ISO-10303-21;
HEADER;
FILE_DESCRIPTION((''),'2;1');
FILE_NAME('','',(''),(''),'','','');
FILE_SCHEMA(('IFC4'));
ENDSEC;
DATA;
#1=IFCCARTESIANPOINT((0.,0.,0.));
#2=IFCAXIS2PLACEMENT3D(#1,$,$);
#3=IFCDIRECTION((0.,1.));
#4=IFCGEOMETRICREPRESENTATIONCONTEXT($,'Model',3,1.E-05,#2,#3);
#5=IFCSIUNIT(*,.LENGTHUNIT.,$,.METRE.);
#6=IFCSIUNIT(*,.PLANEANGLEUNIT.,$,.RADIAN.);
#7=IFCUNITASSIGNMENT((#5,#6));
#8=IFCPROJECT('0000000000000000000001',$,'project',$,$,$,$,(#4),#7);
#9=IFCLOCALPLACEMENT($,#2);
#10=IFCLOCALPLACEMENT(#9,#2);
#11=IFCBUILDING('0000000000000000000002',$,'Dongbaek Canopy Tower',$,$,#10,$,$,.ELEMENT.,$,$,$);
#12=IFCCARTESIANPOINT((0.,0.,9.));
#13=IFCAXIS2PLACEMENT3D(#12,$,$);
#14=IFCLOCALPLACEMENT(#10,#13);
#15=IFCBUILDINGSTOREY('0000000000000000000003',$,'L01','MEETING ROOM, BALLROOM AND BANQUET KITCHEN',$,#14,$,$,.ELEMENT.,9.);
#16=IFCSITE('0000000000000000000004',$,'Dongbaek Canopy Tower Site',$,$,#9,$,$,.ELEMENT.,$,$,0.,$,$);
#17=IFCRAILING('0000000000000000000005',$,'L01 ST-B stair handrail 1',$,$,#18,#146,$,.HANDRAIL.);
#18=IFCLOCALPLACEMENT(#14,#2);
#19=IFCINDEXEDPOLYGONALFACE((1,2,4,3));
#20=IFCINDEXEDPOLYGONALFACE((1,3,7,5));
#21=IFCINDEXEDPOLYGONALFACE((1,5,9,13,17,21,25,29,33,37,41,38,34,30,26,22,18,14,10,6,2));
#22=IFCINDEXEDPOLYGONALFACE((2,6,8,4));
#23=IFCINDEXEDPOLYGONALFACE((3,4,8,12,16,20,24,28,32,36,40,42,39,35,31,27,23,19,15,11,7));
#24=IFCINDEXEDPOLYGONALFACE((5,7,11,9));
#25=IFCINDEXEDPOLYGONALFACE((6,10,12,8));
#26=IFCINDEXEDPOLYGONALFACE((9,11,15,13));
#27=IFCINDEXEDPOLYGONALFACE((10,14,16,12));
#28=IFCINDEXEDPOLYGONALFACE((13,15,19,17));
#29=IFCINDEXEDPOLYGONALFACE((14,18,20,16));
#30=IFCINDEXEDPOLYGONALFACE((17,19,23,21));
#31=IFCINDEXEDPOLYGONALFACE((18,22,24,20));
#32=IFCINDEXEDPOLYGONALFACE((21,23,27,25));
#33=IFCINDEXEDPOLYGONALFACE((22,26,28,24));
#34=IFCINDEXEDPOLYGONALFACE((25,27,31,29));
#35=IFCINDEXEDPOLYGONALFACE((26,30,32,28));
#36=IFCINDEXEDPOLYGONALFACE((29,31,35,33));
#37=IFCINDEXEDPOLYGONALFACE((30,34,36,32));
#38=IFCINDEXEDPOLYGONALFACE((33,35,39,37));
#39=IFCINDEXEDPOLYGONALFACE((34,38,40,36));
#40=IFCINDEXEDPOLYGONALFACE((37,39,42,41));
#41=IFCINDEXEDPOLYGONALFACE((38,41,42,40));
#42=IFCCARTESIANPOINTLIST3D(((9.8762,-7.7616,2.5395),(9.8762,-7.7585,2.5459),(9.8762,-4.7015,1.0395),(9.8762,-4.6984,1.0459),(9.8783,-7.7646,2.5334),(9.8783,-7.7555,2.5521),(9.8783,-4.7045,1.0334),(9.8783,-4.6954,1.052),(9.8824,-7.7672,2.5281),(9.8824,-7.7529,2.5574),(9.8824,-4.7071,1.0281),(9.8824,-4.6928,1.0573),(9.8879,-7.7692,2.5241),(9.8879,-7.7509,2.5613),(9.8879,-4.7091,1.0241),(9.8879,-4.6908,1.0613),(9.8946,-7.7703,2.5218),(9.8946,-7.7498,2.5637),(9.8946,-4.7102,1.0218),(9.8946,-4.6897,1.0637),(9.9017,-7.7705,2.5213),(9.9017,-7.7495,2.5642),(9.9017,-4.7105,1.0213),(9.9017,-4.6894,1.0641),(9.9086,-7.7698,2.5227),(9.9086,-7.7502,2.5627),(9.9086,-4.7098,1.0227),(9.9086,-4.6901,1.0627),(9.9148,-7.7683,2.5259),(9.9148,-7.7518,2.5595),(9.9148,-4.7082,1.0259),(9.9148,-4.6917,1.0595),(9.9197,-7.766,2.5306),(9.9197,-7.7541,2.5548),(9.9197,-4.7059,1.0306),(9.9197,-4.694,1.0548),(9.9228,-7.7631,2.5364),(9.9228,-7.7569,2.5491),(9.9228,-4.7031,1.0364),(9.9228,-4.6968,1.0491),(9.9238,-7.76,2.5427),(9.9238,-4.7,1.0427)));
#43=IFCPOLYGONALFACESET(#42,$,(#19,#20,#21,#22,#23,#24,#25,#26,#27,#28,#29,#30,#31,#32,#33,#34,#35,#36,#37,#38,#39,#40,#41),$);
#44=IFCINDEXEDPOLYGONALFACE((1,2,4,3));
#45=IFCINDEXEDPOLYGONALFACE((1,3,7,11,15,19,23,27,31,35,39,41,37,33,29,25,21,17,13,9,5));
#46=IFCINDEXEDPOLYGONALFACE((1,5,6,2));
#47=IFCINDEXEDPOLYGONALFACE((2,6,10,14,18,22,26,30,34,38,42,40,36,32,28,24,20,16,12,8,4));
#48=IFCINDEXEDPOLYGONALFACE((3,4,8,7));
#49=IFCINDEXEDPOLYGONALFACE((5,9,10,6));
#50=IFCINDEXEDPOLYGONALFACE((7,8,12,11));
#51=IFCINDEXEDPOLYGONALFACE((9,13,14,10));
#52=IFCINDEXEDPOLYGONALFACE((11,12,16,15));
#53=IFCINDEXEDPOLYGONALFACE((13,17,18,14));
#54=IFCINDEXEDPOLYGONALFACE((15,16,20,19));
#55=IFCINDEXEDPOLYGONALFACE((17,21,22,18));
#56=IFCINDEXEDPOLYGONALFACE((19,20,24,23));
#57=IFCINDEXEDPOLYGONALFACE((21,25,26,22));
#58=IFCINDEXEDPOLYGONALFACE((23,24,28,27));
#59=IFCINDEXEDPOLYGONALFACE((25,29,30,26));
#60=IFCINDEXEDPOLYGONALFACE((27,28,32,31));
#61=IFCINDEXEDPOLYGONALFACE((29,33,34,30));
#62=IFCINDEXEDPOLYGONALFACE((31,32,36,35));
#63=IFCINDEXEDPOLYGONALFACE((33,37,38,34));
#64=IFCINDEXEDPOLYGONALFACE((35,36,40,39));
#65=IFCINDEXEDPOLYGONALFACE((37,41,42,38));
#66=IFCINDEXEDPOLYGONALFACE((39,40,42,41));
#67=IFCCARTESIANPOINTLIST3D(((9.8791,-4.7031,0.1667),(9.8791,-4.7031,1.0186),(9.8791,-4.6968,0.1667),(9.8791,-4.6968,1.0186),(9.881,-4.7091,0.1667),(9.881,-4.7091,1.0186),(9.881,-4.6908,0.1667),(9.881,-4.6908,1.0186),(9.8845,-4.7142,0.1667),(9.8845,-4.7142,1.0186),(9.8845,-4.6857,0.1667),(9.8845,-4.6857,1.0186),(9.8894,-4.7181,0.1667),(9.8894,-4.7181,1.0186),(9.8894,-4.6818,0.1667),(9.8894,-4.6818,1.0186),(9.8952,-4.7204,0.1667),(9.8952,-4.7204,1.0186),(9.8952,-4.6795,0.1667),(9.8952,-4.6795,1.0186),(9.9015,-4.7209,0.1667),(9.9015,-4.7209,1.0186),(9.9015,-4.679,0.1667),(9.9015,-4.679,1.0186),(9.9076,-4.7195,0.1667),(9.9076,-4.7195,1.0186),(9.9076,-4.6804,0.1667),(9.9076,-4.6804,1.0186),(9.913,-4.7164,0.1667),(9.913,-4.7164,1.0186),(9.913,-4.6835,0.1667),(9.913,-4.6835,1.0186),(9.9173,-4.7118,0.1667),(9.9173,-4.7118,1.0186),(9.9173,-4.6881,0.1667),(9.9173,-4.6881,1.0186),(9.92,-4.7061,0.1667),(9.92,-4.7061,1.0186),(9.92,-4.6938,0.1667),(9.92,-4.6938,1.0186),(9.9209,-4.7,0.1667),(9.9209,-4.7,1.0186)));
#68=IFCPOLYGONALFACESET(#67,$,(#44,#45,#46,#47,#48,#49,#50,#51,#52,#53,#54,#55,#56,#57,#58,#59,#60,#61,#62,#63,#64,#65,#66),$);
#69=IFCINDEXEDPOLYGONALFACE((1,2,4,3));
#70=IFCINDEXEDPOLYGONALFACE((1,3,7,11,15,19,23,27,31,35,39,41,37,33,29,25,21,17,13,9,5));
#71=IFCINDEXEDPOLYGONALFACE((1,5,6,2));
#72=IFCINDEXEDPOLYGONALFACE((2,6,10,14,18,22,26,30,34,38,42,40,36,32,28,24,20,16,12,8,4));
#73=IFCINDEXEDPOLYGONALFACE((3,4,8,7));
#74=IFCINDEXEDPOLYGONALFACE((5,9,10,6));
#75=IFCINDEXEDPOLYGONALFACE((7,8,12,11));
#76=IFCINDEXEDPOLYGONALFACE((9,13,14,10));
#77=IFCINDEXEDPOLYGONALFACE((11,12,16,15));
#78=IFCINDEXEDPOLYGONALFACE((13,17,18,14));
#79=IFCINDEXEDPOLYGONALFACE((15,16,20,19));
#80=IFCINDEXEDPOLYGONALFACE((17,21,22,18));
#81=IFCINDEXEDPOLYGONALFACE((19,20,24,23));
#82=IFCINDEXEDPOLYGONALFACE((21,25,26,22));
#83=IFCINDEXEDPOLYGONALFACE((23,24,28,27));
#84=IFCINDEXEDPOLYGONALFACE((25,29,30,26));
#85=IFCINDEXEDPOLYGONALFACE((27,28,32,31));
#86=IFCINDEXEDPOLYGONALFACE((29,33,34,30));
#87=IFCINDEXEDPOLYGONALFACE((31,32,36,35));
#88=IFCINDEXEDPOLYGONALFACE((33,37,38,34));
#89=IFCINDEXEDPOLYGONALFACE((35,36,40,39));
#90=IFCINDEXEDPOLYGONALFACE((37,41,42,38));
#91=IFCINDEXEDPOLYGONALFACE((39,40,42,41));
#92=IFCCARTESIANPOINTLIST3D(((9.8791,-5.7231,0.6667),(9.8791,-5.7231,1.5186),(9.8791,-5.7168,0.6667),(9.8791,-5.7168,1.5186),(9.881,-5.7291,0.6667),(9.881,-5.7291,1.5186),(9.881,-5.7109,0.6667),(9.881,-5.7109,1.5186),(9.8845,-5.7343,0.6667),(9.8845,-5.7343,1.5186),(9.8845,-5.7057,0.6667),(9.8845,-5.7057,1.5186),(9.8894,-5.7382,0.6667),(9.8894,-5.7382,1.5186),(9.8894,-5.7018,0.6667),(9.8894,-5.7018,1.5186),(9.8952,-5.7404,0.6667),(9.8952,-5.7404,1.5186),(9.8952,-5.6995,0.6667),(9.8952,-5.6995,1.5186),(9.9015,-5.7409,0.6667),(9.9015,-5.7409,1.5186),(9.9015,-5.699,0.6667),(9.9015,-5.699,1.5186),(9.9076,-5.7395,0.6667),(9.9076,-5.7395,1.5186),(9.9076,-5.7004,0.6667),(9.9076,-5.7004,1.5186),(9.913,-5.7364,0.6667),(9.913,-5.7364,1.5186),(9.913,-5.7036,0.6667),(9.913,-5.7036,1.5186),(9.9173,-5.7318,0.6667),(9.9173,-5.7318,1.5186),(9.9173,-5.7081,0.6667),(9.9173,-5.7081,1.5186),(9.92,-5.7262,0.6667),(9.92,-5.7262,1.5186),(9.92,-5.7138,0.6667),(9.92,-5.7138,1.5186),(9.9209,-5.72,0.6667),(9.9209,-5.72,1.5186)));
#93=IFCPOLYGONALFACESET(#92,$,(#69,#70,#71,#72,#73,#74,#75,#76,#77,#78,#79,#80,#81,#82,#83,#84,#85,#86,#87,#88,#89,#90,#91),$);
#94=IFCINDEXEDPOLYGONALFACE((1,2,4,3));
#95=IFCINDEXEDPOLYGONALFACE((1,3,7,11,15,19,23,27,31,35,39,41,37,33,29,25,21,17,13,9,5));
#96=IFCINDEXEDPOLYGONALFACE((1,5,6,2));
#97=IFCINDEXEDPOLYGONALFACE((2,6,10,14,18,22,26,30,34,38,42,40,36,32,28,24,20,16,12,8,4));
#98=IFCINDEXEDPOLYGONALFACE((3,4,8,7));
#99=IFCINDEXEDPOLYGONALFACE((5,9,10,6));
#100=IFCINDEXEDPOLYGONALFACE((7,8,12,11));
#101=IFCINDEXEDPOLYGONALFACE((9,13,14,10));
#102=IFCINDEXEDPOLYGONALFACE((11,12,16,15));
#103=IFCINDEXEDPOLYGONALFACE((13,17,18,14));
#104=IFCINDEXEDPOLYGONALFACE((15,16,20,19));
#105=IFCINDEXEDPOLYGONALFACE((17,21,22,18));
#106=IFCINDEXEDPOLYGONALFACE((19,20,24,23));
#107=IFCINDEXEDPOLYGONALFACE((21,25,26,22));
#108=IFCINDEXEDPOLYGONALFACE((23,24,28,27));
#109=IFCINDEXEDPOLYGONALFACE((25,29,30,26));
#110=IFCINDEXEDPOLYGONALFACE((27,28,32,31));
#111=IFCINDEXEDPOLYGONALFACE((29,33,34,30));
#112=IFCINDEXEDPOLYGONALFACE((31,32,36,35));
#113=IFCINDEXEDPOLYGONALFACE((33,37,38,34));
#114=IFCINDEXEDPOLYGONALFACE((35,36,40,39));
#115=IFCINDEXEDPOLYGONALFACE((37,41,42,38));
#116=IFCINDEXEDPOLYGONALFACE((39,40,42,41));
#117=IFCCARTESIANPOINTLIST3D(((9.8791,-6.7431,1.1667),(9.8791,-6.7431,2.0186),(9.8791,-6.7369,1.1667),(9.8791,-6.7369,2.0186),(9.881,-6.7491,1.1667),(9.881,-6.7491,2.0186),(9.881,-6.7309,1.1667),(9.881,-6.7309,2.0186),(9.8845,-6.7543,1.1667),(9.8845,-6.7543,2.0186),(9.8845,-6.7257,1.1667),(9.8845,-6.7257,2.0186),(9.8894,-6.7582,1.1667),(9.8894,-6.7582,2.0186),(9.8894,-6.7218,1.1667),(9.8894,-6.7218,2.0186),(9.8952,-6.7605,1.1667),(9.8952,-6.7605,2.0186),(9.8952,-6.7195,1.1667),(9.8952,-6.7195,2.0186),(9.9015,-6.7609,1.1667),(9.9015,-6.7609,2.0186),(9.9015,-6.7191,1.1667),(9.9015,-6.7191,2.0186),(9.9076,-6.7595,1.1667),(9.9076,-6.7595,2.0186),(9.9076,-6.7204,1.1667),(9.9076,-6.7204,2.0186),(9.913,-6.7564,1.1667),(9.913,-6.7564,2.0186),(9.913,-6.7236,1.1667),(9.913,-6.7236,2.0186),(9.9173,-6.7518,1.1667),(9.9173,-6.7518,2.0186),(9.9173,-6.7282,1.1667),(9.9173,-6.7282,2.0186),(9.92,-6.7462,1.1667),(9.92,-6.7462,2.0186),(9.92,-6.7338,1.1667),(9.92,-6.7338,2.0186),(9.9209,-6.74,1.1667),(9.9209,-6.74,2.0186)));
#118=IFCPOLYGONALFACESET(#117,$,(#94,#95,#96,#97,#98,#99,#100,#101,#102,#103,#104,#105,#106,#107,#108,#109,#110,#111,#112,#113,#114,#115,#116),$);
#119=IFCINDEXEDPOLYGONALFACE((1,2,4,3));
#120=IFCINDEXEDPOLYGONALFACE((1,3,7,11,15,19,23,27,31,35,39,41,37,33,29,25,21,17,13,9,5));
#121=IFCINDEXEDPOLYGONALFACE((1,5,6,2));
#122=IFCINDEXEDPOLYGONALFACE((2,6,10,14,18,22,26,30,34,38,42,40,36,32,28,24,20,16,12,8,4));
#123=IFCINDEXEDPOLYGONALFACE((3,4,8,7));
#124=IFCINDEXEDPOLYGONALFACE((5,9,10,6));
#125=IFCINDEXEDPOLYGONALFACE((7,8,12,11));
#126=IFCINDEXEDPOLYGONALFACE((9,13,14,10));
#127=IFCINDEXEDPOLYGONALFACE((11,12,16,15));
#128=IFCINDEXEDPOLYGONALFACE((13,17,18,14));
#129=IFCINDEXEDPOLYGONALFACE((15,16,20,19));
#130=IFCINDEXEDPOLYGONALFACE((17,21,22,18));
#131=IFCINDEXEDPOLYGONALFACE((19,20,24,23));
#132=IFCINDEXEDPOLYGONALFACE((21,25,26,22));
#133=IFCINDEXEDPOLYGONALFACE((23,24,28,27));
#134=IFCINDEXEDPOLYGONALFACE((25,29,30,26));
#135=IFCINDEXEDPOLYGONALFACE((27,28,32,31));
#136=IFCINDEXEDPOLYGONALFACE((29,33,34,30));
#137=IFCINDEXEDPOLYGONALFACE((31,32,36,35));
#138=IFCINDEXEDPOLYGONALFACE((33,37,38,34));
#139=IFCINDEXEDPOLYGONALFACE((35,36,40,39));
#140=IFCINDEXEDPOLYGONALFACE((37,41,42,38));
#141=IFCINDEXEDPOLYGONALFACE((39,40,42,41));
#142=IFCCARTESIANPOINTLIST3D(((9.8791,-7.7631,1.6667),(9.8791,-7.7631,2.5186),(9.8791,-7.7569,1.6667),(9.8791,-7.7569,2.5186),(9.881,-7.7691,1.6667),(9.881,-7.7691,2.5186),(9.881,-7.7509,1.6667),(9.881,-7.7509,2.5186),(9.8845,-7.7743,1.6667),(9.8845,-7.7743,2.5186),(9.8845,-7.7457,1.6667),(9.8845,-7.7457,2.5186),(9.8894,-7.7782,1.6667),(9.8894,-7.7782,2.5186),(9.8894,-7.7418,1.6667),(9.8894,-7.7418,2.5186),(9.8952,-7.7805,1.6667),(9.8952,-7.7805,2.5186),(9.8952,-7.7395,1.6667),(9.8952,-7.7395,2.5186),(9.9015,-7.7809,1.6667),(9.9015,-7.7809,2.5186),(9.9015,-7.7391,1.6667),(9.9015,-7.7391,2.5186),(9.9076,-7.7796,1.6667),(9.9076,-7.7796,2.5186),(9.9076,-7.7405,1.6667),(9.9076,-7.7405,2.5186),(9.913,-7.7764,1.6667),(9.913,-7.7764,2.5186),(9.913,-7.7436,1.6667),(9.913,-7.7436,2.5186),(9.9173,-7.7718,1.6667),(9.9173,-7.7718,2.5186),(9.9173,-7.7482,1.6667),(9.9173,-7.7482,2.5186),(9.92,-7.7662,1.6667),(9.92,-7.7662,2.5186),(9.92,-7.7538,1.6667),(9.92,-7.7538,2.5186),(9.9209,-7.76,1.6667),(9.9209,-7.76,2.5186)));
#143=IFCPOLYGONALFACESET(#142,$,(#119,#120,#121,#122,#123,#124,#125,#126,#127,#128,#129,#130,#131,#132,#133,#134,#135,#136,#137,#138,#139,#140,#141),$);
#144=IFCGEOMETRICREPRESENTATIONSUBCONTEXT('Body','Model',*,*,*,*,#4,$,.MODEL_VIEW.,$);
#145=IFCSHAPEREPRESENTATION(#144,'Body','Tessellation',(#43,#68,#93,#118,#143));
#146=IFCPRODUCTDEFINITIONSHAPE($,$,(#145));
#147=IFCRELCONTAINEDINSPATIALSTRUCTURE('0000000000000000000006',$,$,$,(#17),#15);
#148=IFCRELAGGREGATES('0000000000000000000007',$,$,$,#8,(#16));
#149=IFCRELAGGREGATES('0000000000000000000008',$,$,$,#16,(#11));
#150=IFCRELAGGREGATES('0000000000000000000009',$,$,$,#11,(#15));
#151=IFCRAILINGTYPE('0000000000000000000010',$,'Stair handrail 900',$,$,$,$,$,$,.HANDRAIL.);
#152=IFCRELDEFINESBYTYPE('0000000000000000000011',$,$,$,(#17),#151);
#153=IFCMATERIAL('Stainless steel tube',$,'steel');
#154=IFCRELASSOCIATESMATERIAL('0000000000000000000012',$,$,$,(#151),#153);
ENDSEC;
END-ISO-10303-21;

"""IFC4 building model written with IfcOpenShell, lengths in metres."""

from ifc_helpers import new_model, si_unit, direction, frame, origin, origin_2d, place, context, subcontext, project, spatial, circle, extrude, material, type_object, element, save


model = new_model("IFC4")

# Units and contexts
model_context = context("Model", 3, precision=1e-05, world=origin(), true_north=direction((0.0, 1.0)))
body_context = subcontext(model_context, "Body", "Model", "MODEL_VIEW")
ifc_project = project(units=[si_unit("LENGTHUNIT", "METRE"), si_unit("PLANEANGLEUNIT", "RADIAN")], contexts=[model_context])

# Site, building, storey
site_placement = place(None, origin())
site = spatial("IfcSite", under=ifc_project, at=site_placement, Name="Dongbaek Canopy Tower Site", CompositionType="ELEMENT", RefElevation=0.0)
building_placement = place(site_placement, origin())
building = spatial("IfcBuilding", under=site, at=building_placement, Name="Dongbaek Canopy Tower", CompositionType="ELEMENT")
storey_placement = place(building_placement, frame((0.0, 0.0, 9.0)))
storey = spatial("IfcBuildingStorey", under=building, at=storey_placement, Name="L01", Description="MEETING ROOM, BALLROOM AND BANQUET KITCHEN", CompositionType="ELEMENT", Elevation=9.0)

# Railing
ifc_material_1 = material(Name="Stainless steel tube", Category="steel")
railing_type = type_object("IfcRailingType", Name="Stair handrail 900", PredefinedType="HANDRAIL", material=ifc_material_1)
railing_placement = place(storey_placement, frame((9.8999, -4.7, 0.1667)))
element("IfcRailing", 1, at=railing_placement, inside=storey, type_object=railing_type, Name="L01 ST-B stair handrail 1", PredefinedType="HANDRAIL", context=body_context, shape_type="SweptSolid", body=[
    extrude(circle(Radius=0.0239, at=origin_2d()), frame((0.0, 0.0, 0.876), z_axis=(0.0, -0.897924, 0.44015), x_axis=(1.0, 0.0, 0.0)), (0.0, 0.0, 1.0), 3.408),
    extrude(circle(Radius=0.021, at=origin_2d()), origin(), (0.0, 0.0, 1.0), 0.8518),
    extrude(circle(Radius=0.021, at=origin_2d()), frame((0.0, -1.02, 0.5)), (0.0, 0.0, 1.0), 0.8518),
    extrude(circle(Radius=0.021, at=origin_2d()), frame((0.0, -2.04, 1.0)), (0.0, 0.0, 1.0), 0.8518),
    extrude(circle(Radius=0.021, at=origin_2d()), frame((0.0, -3.0601, 1.5)), (0.0, 0.0, 1.0), 0.8518),
])

save(model, "model.ifc")
